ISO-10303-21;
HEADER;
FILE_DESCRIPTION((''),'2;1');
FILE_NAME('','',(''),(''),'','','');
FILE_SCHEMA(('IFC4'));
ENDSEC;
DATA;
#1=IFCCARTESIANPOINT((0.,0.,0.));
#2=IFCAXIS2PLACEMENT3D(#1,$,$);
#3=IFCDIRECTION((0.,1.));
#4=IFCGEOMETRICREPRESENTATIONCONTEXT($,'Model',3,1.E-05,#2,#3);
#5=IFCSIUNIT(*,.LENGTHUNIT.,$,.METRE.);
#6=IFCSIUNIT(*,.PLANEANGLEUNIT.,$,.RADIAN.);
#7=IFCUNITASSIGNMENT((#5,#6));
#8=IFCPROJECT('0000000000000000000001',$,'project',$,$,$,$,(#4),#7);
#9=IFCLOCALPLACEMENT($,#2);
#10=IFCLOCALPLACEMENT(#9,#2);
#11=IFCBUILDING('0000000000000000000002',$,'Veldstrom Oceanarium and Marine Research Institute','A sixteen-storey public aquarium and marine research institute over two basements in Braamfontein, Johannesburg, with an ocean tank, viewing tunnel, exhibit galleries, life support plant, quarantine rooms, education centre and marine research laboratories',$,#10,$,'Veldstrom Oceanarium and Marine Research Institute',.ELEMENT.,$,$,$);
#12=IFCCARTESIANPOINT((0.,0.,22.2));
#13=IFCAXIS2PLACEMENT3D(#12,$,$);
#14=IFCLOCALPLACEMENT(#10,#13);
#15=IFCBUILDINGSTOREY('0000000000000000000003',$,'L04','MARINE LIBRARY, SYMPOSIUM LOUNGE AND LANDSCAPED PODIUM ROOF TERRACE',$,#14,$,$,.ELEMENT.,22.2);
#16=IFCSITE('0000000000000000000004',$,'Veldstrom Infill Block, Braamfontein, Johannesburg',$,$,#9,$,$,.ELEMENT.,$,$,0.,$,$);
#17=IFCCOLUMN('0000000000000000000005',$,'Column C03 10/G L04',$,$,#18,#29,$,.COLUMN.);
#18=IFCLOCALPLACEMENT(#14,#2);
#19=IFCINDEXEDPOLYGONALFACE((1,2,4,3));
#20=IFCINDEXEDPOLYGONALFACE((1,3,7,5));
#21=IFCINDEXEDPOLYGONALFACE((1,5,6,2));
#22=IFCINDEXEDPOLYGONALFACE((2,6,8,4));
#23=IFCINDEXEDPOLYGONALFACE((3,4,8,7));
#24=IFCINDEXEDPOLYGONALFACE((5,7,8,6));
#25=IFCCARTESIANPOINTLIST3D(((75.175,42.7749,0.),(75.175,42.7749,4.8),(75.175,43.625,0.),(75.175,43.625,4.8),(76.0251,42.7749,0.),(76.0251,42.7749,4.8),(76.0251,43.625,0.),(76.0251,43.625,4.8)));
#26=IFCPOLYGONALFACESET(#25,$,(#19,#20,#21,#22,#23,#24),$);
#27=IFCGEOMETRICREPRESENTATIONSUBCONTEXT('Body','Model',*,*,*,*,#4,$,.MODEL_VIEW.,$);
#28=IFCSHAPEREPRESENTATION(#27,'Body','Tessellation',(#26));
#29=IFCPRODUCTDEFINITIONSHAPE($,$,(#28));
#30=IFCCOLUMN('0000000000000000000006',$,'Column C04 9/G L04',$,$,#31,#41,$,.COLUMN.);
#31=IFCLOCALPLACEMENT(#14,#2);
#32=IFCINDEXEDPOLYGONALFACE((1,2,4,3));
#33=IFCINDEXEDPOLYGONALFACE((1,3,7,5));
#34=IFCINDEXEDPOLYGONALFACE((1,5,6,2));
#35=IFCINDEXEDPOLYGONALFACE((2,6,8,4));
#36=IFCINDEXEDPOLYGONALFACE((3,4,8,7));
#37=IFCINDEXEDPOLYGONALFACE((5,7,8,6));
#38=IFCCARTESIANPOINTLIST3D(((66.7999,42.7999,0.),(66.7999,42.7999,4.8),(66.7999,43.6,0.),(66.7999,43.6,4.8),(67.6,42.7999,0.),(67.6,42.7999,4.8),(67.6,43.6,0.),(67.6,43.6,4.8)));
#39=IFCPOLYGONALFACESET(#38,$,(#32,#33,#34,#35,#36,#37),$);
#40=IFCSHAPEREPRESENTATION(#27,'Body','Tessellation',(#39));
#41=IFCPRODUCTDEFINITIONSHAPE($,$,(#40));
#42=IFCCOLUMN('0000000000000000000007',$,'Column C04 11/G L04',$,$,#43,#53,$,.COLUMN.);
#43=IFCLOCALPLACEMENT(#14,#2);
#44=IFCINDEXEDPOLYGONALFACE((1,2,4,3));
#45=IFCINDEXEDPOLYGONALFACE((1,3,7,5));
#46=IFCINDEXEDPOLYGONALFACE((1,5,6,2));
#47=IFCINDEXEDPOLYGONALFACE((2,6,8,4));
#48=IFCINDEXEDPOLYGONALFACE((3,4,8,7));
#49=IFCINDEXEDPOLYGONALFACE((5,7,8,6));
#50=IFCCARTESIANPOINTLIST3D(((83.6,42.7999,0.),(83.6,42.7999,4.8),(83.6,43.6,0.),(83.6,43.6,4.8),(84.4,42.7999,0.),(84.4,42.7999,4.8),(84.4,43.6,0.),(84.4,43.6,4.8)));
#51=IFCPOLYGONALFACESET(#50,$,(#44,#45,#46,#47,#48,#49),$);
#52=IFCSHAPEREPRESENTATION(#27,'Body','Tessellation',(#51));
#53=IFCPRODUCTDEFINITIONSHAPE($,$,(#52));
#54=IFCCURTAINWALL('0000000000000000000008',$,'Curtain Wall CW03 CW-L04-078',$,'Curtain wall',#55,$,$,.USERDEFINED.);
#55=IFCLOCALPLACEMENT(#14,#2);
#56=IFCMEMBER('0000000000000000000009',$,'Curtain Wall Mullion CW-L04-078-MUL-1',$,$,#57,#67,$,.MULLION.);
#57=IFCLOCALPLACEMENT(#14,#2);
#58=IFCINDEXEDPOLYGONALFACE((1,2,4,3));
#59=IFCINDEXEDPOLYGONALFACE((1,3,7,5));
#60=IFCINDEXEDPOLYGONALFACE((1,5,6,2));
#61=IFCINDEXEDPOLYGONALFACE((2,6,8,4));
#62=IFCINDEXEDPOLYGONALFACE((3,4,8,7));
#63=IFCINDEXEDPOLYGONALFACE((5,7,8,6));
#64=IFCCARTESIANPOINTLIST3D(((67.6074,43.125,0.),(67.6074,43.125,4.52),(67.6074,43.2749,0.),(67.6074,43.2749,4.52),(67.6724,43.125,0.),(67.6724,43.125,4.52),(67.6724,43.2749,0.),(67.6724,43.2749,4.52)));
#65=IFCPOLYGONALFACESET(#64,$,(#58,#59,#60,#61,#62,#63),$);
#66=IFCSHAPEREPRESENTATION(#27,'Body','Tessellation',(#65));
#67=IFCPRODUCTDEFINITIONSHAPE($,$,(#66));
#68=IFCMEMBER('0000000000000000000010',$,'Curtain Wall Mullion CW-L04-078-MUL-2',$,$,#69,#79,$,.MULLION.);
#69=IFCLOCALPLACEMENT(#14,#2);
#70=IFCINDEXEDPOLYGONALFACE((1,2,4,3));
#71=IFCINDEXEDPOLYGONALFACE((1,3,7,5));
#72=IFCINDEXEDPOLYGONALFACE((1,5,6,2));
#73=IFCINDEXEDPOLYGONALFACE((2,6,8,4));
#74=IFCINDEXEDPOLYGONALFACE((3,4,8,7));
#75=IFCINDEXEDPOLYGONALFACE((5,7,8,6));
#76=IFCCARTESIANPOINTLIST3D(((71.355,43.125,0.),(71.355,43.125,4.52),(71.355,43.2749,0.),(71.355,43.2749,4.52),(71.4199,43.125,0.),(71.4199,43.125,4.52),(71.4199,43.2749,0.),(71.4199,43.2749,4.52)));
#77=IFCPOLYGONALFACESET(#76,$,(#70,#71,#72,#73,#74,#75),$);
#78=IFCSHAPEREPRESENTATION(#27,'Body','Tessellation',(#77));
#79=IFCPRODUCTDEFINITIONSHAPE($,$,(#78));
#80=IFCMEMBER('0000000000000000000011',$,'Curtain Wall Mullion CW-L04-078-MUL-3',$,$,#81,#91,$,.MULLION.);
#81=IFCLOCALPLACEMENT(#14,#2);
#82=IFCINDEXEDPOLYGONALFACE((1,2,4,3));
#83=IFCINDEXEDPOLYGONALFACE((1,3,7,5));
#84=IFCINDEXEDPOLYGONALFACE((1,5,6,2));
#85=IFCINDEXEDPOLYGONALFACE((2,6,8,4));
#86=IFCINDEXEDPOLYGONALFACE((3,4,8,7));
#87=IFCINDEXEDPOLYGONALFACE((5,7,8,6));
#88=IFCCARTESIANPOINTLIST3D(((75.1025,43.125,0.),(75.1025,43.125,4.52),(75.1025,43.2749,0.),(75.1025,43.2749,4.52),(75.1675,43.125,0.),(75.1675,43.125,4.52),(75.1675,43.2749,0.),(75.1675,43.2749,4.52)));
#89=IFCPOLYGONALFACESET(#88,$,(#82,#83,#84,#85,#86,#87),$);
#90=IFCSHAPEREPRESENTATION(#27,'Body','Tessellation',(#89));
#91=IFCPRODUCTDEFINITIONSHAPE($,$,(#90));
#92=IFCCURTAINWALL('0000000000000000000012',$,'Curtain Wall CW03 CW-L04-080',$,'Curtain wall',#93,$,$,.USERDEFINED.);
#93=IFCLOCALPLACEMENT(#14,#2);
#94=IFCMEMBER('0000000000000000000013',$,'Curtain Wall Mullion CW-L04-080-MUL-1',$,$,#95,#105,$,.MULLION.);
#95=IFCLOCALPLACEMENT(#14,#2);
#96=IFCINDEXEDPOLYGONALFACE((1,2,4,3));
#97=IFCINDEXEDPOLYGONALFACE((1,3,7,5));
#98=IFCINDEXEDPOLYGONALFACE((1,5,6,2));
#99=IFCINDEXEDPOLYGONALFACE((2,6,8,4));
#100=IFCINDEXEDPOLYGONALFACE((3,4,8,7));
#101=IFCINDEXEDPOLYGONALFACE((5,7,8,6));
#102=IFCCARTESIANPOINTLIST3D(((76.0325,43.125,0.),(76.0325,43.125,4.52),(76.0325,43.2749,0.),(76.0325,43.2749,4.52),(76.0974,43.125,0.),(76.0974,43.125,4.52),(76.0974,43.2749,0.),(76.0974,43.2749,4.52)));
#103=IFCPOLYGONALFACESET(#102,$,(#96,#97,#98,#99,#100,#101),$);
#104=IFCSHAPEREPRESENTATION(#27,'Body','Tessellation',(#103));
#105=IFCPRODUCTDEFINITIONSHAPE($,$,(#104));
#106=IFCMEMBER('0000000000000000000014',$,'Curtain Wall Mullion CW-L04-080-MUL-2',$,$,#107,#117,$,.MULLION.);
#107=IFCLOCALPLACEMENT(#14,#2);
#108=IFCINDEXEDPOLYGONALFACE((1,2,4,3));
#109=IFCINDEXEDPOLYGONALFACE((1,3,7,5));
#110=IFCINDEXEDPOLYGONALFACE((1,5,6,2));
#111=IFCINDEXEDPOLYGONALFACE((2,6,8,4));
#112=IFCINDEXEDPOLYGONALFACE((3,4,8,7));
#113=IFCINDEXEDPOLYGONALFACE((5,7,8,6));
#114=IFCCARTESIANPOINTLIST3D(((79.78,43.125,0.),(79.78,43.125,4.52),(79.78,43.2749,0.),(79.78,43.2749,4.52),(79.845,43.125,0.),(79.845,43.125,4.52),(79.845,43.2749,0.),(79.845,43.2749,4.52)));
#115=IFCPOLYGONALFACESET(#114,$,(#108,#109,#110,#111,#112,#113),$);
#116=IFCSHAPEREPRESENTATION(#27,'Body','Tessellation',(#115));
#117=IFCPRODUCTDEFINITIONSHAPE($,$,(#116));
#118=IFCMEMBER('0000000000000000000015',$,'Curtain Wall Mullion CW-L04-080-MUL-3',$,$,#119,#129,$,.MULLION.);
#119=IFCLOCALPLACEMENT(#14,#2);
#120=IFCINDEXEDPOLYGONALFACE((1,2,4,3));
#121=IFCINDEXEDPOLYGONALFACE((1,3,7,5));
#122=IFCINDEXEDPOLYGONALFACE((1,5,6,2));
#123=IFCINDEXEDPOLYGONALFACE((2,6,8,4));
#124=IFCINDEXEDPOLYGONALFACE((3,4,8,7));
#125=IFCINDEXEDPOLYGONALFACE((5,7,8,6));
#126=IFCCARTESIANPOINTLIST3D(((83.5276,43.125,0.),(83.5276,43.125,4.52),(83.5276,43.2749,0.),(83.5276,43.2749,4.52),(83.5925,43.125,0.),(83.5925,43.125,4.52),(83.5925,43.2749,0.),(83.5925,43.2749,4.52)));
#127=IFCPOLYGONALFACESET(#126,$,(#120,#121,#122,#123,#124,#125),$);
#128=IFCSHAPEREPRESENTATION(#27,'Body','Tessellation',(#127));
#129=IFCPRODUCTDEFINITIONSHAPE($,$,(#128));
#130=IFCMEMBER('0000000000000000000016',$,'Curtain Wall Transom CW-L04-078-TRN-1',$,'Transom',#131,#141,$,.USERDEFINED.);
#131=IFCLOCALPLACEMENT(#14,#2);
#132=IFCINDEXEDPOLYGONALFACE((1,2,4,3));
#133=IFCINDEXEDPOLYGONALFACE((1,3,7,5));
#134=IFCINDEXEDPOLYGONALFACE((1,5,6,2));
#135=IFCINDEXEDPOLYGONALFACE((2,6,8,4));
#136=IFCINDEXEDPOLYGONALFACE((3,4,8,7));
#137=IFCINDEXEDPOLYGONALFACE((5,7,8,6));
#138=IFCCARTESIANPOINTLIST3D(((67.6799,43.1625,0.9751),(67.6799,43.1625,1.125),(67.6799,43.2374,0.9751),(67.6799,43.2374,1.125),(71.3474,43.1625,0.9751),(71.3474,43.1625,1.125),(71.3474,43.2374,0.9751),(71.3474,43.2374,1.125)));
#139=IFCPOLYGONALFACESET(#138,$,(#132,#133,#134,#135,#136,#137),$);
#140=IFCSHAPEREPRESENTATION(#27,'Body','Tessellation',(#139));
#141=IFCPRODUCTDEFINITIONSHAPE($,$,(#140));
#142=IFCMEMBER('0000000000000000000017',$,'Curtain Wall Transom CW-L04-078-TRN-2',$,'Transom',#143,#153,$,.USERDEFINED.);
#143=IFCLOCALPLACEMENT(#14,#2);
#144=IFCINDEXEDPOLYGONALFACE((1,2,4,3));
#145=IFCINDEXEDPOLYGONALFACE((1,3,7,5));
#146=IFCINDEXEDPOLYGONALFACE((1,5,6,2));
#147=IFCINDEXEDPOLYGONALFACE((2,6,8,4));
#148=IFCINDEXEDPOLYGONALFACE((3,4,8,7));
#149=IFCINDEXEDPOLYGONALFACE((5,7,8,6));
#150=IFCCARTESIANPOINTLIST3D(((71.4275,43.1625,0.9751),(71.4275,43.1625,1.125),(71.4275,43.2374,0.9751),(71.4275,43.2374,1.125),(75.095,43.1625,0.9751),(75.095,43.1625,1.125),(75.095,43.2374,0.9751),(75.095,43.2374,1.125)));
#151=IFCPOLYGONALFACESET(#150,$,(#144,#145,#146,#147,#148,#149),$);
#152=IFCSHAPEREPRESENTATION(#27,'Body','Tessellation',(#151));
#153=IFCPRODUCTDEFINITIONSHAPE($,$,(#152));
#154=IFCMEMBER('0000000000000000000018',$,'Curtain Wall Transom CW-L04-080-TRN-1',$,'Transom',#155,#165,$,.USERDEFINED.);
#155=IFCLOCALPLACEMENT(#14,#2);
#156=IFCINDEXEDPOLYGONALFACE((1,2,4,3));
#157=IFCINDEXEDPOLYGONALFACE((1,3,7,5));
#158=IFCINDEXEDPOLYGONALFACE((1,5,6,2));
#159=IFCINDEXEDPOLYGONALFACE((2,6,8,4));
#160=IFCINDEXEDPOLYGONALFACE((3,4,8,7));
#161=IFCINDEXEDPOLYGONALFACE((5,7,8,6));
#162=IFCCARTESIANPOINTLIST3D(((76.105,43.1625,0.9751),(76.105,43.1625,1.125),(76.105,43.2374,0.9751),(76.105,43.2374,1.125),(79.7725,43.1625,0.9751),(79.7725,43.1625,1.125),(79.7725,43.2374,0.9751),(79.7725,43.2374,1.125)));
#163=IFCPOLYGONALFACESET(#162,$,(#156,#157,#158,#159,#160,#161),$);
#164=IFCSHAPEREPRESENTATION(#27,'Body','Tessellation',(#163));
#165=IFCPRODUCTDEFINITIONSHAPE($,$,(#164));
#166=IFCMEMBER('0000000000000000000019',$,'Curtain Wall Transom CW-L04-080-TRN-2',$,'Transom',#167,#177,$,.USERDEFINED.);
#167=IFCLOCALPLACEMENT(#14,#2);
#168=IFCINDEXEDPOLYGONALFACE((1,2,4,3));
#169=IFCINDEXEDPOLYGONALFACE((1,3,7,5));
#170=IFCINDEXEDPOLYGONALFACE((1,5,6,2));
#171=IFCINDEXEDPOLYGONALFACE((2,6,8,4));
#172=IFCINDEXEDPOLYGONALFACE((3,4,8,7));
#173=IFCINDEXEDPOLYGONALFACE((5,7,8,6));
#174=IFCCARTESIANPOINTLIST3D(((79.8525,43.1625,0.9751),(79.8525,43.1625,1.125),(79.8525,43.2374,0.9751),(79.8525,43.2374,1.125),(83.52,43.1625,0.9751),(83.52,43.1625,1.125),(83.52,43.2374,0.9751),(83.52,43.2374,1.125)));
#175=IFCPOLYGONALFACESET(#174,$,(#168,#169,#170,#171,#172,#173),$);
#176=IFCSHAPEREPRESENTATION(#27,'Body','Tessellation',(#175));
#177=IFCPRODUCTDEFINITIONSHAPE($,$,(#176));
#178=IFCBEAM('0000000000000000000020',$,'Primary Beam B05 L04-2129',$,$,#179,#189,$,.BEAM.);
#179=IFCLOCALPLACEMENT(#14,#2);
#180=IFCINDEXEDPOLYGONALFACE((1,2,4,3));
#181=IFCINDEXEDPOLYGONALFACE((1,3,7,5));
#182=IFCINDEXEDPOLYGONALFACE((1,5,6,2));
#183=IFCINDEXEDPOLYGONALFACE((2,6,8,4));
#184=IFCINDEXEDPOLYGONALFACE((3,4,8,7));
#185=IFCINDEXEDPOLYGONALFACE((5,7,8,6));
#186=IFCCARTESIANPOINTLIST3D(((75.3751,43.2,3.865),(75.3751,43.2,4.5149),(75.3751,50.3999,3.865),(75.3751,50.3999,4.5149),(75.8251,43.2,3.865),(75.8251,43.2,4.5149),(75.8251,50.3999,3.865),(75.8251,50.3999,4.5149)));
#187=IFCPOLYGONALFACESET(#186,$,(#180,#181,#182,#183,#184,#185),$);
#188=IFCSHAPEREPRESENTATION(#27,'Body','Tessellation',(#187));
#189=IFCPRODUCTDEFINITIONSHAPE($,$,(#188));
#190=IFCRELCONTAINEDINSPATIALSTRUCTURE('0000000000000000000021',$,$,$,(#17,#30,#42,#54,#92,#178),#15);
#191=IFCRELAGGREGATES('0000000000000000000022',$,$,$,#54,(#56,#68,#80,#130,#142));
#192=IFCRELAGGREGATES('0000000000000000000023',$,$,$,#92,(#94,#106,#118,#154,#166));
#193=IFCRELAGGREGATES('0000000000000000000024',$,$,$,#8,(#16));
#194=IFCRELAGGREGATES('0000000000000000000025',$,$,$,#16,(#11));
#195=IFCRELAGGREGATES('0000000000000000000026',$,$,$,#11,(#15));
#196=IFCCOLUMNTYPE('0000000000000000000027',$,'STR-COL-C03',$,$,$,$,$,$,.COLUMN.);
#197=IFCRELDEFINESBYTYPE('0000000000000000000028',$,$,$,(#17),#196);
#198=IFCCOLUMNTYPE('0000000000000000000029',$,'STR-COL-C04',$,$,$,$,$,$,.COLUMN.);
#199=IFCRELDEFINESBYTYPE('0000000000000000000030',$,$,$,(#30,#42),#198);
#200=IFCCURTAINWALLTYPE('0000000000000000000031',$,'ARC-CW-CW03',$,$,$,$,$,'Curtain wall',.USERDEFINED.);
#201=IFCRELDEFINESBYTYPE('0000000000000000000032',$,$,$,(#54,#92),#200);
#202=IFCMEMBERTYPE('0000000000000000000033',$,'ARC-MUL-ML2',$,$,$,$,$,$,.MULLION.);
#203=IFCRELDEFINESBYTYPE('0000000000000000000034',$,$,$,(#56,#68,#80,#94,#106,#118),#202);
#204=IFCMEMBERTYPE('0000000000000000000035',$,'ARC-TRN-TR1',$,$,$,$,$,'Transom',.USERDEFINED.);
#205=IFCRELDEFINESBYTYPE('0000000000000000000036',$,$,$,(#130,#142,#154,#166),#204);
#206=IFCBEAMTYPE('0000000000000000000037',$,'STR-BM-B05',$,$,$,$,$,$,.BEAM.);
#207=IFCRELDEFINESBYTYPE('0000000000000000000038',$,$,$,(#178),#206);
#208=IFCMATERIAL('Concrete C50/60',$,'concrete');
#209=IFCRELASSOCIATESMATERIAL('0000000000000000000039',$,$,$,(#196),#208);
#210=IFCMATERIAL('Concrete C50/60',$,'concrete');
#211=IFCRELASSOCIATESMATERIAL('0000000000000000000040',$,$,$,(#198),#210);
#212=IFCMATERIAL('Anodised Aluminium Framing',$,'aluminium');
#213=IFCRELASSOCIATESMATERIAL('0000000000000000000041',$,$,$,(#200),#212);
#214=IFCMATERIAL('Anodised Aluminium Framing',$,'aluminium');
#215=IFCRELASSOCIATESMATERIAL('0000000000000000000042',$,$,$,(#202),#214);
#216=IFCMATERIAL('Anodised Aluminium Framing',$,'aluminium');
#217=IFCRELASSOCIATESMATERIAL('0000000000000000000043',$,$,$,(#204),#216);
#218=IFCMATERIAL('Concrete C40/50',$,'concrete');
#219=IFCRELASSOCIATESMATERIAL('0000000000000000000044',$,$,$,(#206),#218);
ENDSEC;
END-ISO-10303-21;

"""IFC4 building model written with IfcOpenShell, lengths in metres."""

from ifc_helpers import new_model, si_unit, direction, frame, origin, origin_2d, place, context, subcontext, project, spatial, rectangle, extrude, material, material_profile, profile_set, type_object, element, aggregate, save


model = new_model("IFC4")

# Units and contexts
model_context = context("Model", 3, precision=1e-05, world=origin(), true_north=direction((0.0, 1.0)))
body_context = subcontext(model_context, "Body", "Model", "MODEL_VIEW")
ifc_project = project(units=[si_unit("LENGTHUNIT", "METRE"), si_unit("PLANEANGLEUNIT", "RADIAN")], contexts=[model_context])

# Site, building, storey
site_placement = place(None, origin())
site = spatial("IfcSite", under=ifc_project, at=site_placement, Name="Veldstrom Infill Block, Braamfontein, Johannesburg", CompositionType="ELEMENT", RefElevation=0.0)
building_placement = place(site_placement, origin())
building = spatial("IfcBuilding", under=site, at=building_placement, Name="Veldstrom Oceanarium and Marine Research Institute", Description="A sixteen-storey public aquarium and marine research institute over two basements in Braamfontein, Johannesburg, with an ocean tank, viewing tunnel, exhibit galleries, life support plant, quarantine rooms, education centre and marine research laboratories", LongName="Veldstrom Oceanarium and Marine Research Institute", CompositionType="ELEMENT")
storey_placement = place(building_placement, frame((0.0, 0.0, 22.2)))
storey = spatial("IfcBuildingStorey", under=building, at=storey_placement, Name="L04", Description="MARINE LIBRARY, SYMPOSIUM LOUNGE AND LANDSCAPED PODIUM ROOF TERRACE", CompositionType="ELEMENT", Elevation=22.2)

# Columns
ifc_material_1 = material(Name="Concrete C50/60", Category="concrete")
ifc_material_profile_1 = material_profile(ifc_material_1, rectangle(XDim=0.8501, YDim=0.8501, at=origin_2d()), Name="RC-COL-850x850")
ifc_profile_set_1 = profile_set([ifc_material_profile_1], Name="Concrete C50/60")
column_type_1 = type_object("IfcColumnType", Name="STR-COL-C03", PredefinedType="COLUMN", material=ifc_profile_set_1)
column_placement = place(storey_placement, frame((75.6001, 43.2, 0.0), z_axis=(0.0, 0.0, 1.0), x_axis=(1.0, 0.0, 0.0)))
element("IfcColumn", 1, at=column_placement, inside=storey, type_object=column_type_1, Name="Column C03 10/G L04", PredefinedType="COLUMN", context=body_context, shape_type="SweptSolid", body=[
    extrude(rectangle(XDim=0.8501, YDim=0.8501, at=origin_2d()), origin(), (0.0, 0.0, 1.0), 4.8),
])
ifc_material_2 = material(Name="Concrete C50/60", Category="concrete")
ifc_material_profile_2 = material_profile(ifc_material_2, rectangle(XDim=0.8, YDim=0.8, at=origin_2d()), Name="RC-COL-800x800")
ifc_profile_set_2 = profile_set([ifc_material_profile_2], Name="Concrete C50/60")
column_type_2 = type_object("IfcColumnType", Name="STR-COL-C04", PredefinedType="COLUMN", material=ifc_profile_set_2)
for number, where, z_axis, x_axis, name in (
    (2, (67.2, 43.2, 0.0), (0.0, 0.0, 1.0), (1.0, 0.0, 0.0), "Column C04 9/G L04"),
    (3, (84.0, 43.2, 0.0), (0.0, 0.0, 1.0), (1.0, 0.0, 0.0), "Column C04 11/G L04"),
):
    element("IfcColumn", number, at=place(storey_placement, frame(where, z_axis=z_axis, x_axis=x_axis)), inside=storey, type_object=column_type_2, Name=name, PredefinedType="COLUMN", context=body_context, shape_type="SweptSolid", body=[
        extrude(rectangle(XDim=0.8, YDim=0.8, at=origin_2d()), origin(), (0.0, 0.0, 1.0), 4.8),
    ])

# Curtain walls, members
ifc_material_3 = material(Name="Anodised Aluminium Framing", Category="aluminium")
curtain_wall_type = type_object("IfcCurtainWallType", Name="ARC-CW-CW03", ElementType="Curtain wall", PredefinedType="USERDEFINED", material=ifc_material_3)
curtain_wall_1_placement = place(storey_placement, origin())
curtain_wall_1 = element("IfcCurtainWall", 4, at=curtain_wall_1_placement, inside=storey, type_object=curtain_wall_type, Name="Curtain Wall CW03 CW-L04-078", ObjectType="Curtain wall", PredefinedType="USERDEFINED")
ifc_material_4 = material(Name="Anodised Aluminium Framing", Category="aluminium")
ifc_material_profile_3 = material_profile(ifc_material_4, rectangle(XDim=0.0649, YDim=0.1499, at=origin_2d()), Name="ALU-MUL-65x150")
ifc_profile_set_3 = profile_set([ifc_material_profile_3], Name="Anodised Aluminium Framing")
member_type_1 = type_object("IfcMemberType", Name="ARC-MUL-ML2", PredefinedType="MULLION", material=ifc_profile_set_3)
member_1_placement = place(storey_placement, frame((67.6399, 43.2, 0.0), z_axis=(0.0, 0.0, 1.0), x_axis=(1.0, 0.0, 0.0)))
member_1 = element("IfcMember", 5, at=member_1_placement, type_object=member_type_1, Name="Curtain Wall Mullion CW-L04-078-MUL-1", PredefinedType="MULLION", context=body_context, shape_type="SweptSolid", body=[
    extrude(rectangle(XDim=0.0649, YDim=0.1499, at=origin_2d()), origin(), (0.0, 0.0, 1.0), 4.52),
])
member_2_placement = place(storey_placement, frame((71.3875, 43.2, 0.0), z_axis=(0.0, 0.0, 1.0), x_axis=(1.0, 0.0, 0.0)))
member_2 = element("IfcMember", 6, at=member_2_placement, type_object=member_type_1, Name="Curtain Wall Mullion CW-L04-078-MUL-2", PredefinedType="MULLION", context=body_context, shape_type="SweptSolid", body=[
    extrude(rectangle(XDim=0.0649, YDim=0.1499, at=origin_2d()), origin(), (0.0, 0.0, 1.0), 4.52),
])
member_3_placement = place(storey_placement, frame((75.135, 43.2, 0.0), z_axis=(0.0, 0.0, 1.0), x_axis=(1.0, 0.0, 0.0)))
member_3 = element("IfcMember", 7, at=member_3_placement, type_object=member_type_1, Name="Curtain Wall Mullion CW-L04-078-MUL-3", PredefinedType="MULLION", context=body_context, shape_type="SweptSolid", body=[
    extrude(rectangle(XDim=0.0649, YDim=0.1499, at=origin_2d()), origin(), (0.0, 0.0, 1.0), 4.52),
])
curtain_wall_2_placement = place(storey_placement, origin())
curtain_wall_2 = element("IfcCurtainWall", 8, at=curtain_wall_2_placement, inside=storey, type_object=curtain_wall_type, Name="Curtain Wall CW03 CW-L04-080", ObjectType="Curtain wall", PredefinedType="USERDEFINED")
member_4_placement = place(storey_placement, frame((76.0649, 43.2, 0.0), z_axis=(0.0, 0.0, 1.0), x_axis=(1.0, 0.0, 0.0)))
member_4 = element("IfcMember", 9, at=member_4_placement, type_object=member_type_1, Name="Curtain Wall Mullion CW-L04-080-MUL-1", PredefinedType="MULLION", context=body_context, shape_type="SweptSolid", body=[
    extrude(rectangle(XDim=0.0649, YDim=0.1499, at=origin_2d()), origin(), (0.0, 0.0, 1.0), 4.52),
])
member_5_placement = place(storey_placement, frame((79.8125, 43.2, 0.0), z_axis=(0.0, 0.0, 1.0), x_axis=(1.0, 0.0, 0.0)))
member_5 = element("IfcMember", 10, at=member_5_placement, type_object=member_type_1, Name="Curtain Wall Mullion CW-L04-080-MUL-2", PredefinedType="MULLION", context=body_context, shape_type="SweptSolid", body=[
    extrude(rectangle(XDim=0.0649, YDim=0.1499, at=origin_2d()), origin(), (0.0, 0.0, 1.0), 4.52),
])
member_6_placement = place(storey_placement, frame((83.5601, 43.2, 0.0), z_axis=(0.0, 0.0, 1.0), x_axis=(1.0, 0.0, 0.0)))
member_6 = element("IfcMember", 11, at=member_6_placement, type_object=member_type_1, Name="Curtain Wall Mullion CW-L04-080-MUL-3", PredefinedType="MULLION", context=body_context, shape_type="SweptSolid", body=[
    extrude(rectangle(XDim=0.0649, YDim=0.1499, at=origin_2d()), origin(), (0.0, 0.0, 1.0), 4.52),
])

# Members
ifc_material_5 = material(Name="Anodised Aluminium Framing", Category="aluminium")
ifc_material_profile_4 = material_profile(ifc_material_5, rectangle(XDim=0.075, YDim=0.1499, at=origin_2d()), Name="ALU-TRN-75x150")
ifc_profile_set_4 = profile_set([ifc_material_profile_4], Name="Anodised Aluminium Framing")
member_type_2 = type_object("IfcMemberType", Name="ARC-TRN-TR1", ElementType="Transom", PredefinedType="USERDEFINED", material=ifc_profile_set_4)
member_7_placement = place(storey_placement, frame((67.6799, 43.2, 1.05), z_axis=(1.0, 0.0, 0.0), x_axis=(0.0, 1.0, 0.0)))
member_7 = element("IfcMember", 12, at=member_7_placement, type_object=member_type_2, Name="Curtain Wall Transom CW-L04-078-TRN-1", ObjectType="Transom", PredefinedType="USERDEFINED", context=body_context, shape_type="SweptSolid", body=[
    extrude(rectangle(XDim=0.075, YDim=0.1499, at=origin_2d()), origin(), (0.0, 0.0, 1.0), 3.6675),
])
member_8_placement = place(storey_placement, frame((71.4275, 43.2, 1.05), z_axis=(1.0, 0.0, 0.0), x_axis=(0.0, 1.0, 0.0)))
member_8 = element("IfcMember", 13, at=member_8_placement, type_object=member_type_2, Name="Curtain Wall Transom CW-L04-078-TRN-2", ObjectType="Transom", PredefinedType="USERDEFINED", context=body_context, shape_type="SweptSolid", body=[
    extrude(rectangle(XDim=0.075, YDim=0.1499, at=origin_2d()), origin(), (0.0, 0.0, 1.0), 3.6675),
])
member_9_placement = place(storey_placement, frame((76.105, 43.2, 1.05), z_axis=(1.0, 0.0, 0.0), x_axis=(0.0, 1.0, 0.0)))
member_9 = element("IfcMember", 14, at=member_9_placement, type_object=member_type_2, Name="Curtain Wall Transom CW-L04-080-TRN-1", ObjectType="Transom", PredefinedType="USERDEFINED", context=body_context, shape_type="SweptSolid", body=[
    extrude(rectangle(XDim=0.075, YDim=0.1499, at=origin_2d()), origin(), (0.0, 0.0, 1.0), 3.6675),
])
member_10_placement = place(storey_placement, frame((79.8525, 43.2, 1.05), z_axis=(1.0, 0.0, 0.0), x_axis=(0.0, 1.0, 0.0)))
member_10 = element("IfcMember", 15, at=member_10_placement, type_object=member_type_2, Name="Curtain Wall Transom CW-L04-080-TRN-2", ObjectType="Transom", PredefinedType="USERDEFINED", context=body_context, shape_type="SweptSolid", body=[
    extrude(rectangle(XDim=0.075, YDim=0.1499, at=origin_2d()), origin(), (0.0, 0.0, 1.0), 3.6675),
])

# Beam
ifc_material_6 = material(Name="Concrete C40/50", Category="concrete")
ifc_material_profile_5 = material_profile(ifc_material_6, rectangle(XDim=0.45, YDim=0.6499, at=origin_2d()), Name="RC-BM-450x650")
ifc_profile_set_5 = profile_set([ifc_material_profile_5], Name="Concrete C40/50")
beam_type_1 = type_object("IfcBeamType", Name="STR-BM-B05", PredefinedType="BEAM", material=ifc_profile_set_5)
beam_1_placement = place(storey_placement, frame((75.6001, 43.2, 4.1899), z_axis=(0.0, 1.0, 0.0), x_axis=(-1.0, 0.0, 0.0)))
element("IfcBeam", 16, at=beam_1_placement, inside=storey, type_object=beam_type_1, Name="Primary Beam B05 L04-2129", PredefinedType="BEAM", context=body_context, shape_type="SweptSolid", body=[
    extrude(rectangle(XDim=0.45, YDim=0.6499, at=origin_2d()), origin(), (0.0, 0.0, 1.0), 7.2),
])

aggregate(curtain_wall_1, [member_1, member_2, member_3, member_7, member_8])
aggregate(curtain_wall_2, [member_4, member_5, member_6, member_9, member_10])

save(model, "model.ifc")
